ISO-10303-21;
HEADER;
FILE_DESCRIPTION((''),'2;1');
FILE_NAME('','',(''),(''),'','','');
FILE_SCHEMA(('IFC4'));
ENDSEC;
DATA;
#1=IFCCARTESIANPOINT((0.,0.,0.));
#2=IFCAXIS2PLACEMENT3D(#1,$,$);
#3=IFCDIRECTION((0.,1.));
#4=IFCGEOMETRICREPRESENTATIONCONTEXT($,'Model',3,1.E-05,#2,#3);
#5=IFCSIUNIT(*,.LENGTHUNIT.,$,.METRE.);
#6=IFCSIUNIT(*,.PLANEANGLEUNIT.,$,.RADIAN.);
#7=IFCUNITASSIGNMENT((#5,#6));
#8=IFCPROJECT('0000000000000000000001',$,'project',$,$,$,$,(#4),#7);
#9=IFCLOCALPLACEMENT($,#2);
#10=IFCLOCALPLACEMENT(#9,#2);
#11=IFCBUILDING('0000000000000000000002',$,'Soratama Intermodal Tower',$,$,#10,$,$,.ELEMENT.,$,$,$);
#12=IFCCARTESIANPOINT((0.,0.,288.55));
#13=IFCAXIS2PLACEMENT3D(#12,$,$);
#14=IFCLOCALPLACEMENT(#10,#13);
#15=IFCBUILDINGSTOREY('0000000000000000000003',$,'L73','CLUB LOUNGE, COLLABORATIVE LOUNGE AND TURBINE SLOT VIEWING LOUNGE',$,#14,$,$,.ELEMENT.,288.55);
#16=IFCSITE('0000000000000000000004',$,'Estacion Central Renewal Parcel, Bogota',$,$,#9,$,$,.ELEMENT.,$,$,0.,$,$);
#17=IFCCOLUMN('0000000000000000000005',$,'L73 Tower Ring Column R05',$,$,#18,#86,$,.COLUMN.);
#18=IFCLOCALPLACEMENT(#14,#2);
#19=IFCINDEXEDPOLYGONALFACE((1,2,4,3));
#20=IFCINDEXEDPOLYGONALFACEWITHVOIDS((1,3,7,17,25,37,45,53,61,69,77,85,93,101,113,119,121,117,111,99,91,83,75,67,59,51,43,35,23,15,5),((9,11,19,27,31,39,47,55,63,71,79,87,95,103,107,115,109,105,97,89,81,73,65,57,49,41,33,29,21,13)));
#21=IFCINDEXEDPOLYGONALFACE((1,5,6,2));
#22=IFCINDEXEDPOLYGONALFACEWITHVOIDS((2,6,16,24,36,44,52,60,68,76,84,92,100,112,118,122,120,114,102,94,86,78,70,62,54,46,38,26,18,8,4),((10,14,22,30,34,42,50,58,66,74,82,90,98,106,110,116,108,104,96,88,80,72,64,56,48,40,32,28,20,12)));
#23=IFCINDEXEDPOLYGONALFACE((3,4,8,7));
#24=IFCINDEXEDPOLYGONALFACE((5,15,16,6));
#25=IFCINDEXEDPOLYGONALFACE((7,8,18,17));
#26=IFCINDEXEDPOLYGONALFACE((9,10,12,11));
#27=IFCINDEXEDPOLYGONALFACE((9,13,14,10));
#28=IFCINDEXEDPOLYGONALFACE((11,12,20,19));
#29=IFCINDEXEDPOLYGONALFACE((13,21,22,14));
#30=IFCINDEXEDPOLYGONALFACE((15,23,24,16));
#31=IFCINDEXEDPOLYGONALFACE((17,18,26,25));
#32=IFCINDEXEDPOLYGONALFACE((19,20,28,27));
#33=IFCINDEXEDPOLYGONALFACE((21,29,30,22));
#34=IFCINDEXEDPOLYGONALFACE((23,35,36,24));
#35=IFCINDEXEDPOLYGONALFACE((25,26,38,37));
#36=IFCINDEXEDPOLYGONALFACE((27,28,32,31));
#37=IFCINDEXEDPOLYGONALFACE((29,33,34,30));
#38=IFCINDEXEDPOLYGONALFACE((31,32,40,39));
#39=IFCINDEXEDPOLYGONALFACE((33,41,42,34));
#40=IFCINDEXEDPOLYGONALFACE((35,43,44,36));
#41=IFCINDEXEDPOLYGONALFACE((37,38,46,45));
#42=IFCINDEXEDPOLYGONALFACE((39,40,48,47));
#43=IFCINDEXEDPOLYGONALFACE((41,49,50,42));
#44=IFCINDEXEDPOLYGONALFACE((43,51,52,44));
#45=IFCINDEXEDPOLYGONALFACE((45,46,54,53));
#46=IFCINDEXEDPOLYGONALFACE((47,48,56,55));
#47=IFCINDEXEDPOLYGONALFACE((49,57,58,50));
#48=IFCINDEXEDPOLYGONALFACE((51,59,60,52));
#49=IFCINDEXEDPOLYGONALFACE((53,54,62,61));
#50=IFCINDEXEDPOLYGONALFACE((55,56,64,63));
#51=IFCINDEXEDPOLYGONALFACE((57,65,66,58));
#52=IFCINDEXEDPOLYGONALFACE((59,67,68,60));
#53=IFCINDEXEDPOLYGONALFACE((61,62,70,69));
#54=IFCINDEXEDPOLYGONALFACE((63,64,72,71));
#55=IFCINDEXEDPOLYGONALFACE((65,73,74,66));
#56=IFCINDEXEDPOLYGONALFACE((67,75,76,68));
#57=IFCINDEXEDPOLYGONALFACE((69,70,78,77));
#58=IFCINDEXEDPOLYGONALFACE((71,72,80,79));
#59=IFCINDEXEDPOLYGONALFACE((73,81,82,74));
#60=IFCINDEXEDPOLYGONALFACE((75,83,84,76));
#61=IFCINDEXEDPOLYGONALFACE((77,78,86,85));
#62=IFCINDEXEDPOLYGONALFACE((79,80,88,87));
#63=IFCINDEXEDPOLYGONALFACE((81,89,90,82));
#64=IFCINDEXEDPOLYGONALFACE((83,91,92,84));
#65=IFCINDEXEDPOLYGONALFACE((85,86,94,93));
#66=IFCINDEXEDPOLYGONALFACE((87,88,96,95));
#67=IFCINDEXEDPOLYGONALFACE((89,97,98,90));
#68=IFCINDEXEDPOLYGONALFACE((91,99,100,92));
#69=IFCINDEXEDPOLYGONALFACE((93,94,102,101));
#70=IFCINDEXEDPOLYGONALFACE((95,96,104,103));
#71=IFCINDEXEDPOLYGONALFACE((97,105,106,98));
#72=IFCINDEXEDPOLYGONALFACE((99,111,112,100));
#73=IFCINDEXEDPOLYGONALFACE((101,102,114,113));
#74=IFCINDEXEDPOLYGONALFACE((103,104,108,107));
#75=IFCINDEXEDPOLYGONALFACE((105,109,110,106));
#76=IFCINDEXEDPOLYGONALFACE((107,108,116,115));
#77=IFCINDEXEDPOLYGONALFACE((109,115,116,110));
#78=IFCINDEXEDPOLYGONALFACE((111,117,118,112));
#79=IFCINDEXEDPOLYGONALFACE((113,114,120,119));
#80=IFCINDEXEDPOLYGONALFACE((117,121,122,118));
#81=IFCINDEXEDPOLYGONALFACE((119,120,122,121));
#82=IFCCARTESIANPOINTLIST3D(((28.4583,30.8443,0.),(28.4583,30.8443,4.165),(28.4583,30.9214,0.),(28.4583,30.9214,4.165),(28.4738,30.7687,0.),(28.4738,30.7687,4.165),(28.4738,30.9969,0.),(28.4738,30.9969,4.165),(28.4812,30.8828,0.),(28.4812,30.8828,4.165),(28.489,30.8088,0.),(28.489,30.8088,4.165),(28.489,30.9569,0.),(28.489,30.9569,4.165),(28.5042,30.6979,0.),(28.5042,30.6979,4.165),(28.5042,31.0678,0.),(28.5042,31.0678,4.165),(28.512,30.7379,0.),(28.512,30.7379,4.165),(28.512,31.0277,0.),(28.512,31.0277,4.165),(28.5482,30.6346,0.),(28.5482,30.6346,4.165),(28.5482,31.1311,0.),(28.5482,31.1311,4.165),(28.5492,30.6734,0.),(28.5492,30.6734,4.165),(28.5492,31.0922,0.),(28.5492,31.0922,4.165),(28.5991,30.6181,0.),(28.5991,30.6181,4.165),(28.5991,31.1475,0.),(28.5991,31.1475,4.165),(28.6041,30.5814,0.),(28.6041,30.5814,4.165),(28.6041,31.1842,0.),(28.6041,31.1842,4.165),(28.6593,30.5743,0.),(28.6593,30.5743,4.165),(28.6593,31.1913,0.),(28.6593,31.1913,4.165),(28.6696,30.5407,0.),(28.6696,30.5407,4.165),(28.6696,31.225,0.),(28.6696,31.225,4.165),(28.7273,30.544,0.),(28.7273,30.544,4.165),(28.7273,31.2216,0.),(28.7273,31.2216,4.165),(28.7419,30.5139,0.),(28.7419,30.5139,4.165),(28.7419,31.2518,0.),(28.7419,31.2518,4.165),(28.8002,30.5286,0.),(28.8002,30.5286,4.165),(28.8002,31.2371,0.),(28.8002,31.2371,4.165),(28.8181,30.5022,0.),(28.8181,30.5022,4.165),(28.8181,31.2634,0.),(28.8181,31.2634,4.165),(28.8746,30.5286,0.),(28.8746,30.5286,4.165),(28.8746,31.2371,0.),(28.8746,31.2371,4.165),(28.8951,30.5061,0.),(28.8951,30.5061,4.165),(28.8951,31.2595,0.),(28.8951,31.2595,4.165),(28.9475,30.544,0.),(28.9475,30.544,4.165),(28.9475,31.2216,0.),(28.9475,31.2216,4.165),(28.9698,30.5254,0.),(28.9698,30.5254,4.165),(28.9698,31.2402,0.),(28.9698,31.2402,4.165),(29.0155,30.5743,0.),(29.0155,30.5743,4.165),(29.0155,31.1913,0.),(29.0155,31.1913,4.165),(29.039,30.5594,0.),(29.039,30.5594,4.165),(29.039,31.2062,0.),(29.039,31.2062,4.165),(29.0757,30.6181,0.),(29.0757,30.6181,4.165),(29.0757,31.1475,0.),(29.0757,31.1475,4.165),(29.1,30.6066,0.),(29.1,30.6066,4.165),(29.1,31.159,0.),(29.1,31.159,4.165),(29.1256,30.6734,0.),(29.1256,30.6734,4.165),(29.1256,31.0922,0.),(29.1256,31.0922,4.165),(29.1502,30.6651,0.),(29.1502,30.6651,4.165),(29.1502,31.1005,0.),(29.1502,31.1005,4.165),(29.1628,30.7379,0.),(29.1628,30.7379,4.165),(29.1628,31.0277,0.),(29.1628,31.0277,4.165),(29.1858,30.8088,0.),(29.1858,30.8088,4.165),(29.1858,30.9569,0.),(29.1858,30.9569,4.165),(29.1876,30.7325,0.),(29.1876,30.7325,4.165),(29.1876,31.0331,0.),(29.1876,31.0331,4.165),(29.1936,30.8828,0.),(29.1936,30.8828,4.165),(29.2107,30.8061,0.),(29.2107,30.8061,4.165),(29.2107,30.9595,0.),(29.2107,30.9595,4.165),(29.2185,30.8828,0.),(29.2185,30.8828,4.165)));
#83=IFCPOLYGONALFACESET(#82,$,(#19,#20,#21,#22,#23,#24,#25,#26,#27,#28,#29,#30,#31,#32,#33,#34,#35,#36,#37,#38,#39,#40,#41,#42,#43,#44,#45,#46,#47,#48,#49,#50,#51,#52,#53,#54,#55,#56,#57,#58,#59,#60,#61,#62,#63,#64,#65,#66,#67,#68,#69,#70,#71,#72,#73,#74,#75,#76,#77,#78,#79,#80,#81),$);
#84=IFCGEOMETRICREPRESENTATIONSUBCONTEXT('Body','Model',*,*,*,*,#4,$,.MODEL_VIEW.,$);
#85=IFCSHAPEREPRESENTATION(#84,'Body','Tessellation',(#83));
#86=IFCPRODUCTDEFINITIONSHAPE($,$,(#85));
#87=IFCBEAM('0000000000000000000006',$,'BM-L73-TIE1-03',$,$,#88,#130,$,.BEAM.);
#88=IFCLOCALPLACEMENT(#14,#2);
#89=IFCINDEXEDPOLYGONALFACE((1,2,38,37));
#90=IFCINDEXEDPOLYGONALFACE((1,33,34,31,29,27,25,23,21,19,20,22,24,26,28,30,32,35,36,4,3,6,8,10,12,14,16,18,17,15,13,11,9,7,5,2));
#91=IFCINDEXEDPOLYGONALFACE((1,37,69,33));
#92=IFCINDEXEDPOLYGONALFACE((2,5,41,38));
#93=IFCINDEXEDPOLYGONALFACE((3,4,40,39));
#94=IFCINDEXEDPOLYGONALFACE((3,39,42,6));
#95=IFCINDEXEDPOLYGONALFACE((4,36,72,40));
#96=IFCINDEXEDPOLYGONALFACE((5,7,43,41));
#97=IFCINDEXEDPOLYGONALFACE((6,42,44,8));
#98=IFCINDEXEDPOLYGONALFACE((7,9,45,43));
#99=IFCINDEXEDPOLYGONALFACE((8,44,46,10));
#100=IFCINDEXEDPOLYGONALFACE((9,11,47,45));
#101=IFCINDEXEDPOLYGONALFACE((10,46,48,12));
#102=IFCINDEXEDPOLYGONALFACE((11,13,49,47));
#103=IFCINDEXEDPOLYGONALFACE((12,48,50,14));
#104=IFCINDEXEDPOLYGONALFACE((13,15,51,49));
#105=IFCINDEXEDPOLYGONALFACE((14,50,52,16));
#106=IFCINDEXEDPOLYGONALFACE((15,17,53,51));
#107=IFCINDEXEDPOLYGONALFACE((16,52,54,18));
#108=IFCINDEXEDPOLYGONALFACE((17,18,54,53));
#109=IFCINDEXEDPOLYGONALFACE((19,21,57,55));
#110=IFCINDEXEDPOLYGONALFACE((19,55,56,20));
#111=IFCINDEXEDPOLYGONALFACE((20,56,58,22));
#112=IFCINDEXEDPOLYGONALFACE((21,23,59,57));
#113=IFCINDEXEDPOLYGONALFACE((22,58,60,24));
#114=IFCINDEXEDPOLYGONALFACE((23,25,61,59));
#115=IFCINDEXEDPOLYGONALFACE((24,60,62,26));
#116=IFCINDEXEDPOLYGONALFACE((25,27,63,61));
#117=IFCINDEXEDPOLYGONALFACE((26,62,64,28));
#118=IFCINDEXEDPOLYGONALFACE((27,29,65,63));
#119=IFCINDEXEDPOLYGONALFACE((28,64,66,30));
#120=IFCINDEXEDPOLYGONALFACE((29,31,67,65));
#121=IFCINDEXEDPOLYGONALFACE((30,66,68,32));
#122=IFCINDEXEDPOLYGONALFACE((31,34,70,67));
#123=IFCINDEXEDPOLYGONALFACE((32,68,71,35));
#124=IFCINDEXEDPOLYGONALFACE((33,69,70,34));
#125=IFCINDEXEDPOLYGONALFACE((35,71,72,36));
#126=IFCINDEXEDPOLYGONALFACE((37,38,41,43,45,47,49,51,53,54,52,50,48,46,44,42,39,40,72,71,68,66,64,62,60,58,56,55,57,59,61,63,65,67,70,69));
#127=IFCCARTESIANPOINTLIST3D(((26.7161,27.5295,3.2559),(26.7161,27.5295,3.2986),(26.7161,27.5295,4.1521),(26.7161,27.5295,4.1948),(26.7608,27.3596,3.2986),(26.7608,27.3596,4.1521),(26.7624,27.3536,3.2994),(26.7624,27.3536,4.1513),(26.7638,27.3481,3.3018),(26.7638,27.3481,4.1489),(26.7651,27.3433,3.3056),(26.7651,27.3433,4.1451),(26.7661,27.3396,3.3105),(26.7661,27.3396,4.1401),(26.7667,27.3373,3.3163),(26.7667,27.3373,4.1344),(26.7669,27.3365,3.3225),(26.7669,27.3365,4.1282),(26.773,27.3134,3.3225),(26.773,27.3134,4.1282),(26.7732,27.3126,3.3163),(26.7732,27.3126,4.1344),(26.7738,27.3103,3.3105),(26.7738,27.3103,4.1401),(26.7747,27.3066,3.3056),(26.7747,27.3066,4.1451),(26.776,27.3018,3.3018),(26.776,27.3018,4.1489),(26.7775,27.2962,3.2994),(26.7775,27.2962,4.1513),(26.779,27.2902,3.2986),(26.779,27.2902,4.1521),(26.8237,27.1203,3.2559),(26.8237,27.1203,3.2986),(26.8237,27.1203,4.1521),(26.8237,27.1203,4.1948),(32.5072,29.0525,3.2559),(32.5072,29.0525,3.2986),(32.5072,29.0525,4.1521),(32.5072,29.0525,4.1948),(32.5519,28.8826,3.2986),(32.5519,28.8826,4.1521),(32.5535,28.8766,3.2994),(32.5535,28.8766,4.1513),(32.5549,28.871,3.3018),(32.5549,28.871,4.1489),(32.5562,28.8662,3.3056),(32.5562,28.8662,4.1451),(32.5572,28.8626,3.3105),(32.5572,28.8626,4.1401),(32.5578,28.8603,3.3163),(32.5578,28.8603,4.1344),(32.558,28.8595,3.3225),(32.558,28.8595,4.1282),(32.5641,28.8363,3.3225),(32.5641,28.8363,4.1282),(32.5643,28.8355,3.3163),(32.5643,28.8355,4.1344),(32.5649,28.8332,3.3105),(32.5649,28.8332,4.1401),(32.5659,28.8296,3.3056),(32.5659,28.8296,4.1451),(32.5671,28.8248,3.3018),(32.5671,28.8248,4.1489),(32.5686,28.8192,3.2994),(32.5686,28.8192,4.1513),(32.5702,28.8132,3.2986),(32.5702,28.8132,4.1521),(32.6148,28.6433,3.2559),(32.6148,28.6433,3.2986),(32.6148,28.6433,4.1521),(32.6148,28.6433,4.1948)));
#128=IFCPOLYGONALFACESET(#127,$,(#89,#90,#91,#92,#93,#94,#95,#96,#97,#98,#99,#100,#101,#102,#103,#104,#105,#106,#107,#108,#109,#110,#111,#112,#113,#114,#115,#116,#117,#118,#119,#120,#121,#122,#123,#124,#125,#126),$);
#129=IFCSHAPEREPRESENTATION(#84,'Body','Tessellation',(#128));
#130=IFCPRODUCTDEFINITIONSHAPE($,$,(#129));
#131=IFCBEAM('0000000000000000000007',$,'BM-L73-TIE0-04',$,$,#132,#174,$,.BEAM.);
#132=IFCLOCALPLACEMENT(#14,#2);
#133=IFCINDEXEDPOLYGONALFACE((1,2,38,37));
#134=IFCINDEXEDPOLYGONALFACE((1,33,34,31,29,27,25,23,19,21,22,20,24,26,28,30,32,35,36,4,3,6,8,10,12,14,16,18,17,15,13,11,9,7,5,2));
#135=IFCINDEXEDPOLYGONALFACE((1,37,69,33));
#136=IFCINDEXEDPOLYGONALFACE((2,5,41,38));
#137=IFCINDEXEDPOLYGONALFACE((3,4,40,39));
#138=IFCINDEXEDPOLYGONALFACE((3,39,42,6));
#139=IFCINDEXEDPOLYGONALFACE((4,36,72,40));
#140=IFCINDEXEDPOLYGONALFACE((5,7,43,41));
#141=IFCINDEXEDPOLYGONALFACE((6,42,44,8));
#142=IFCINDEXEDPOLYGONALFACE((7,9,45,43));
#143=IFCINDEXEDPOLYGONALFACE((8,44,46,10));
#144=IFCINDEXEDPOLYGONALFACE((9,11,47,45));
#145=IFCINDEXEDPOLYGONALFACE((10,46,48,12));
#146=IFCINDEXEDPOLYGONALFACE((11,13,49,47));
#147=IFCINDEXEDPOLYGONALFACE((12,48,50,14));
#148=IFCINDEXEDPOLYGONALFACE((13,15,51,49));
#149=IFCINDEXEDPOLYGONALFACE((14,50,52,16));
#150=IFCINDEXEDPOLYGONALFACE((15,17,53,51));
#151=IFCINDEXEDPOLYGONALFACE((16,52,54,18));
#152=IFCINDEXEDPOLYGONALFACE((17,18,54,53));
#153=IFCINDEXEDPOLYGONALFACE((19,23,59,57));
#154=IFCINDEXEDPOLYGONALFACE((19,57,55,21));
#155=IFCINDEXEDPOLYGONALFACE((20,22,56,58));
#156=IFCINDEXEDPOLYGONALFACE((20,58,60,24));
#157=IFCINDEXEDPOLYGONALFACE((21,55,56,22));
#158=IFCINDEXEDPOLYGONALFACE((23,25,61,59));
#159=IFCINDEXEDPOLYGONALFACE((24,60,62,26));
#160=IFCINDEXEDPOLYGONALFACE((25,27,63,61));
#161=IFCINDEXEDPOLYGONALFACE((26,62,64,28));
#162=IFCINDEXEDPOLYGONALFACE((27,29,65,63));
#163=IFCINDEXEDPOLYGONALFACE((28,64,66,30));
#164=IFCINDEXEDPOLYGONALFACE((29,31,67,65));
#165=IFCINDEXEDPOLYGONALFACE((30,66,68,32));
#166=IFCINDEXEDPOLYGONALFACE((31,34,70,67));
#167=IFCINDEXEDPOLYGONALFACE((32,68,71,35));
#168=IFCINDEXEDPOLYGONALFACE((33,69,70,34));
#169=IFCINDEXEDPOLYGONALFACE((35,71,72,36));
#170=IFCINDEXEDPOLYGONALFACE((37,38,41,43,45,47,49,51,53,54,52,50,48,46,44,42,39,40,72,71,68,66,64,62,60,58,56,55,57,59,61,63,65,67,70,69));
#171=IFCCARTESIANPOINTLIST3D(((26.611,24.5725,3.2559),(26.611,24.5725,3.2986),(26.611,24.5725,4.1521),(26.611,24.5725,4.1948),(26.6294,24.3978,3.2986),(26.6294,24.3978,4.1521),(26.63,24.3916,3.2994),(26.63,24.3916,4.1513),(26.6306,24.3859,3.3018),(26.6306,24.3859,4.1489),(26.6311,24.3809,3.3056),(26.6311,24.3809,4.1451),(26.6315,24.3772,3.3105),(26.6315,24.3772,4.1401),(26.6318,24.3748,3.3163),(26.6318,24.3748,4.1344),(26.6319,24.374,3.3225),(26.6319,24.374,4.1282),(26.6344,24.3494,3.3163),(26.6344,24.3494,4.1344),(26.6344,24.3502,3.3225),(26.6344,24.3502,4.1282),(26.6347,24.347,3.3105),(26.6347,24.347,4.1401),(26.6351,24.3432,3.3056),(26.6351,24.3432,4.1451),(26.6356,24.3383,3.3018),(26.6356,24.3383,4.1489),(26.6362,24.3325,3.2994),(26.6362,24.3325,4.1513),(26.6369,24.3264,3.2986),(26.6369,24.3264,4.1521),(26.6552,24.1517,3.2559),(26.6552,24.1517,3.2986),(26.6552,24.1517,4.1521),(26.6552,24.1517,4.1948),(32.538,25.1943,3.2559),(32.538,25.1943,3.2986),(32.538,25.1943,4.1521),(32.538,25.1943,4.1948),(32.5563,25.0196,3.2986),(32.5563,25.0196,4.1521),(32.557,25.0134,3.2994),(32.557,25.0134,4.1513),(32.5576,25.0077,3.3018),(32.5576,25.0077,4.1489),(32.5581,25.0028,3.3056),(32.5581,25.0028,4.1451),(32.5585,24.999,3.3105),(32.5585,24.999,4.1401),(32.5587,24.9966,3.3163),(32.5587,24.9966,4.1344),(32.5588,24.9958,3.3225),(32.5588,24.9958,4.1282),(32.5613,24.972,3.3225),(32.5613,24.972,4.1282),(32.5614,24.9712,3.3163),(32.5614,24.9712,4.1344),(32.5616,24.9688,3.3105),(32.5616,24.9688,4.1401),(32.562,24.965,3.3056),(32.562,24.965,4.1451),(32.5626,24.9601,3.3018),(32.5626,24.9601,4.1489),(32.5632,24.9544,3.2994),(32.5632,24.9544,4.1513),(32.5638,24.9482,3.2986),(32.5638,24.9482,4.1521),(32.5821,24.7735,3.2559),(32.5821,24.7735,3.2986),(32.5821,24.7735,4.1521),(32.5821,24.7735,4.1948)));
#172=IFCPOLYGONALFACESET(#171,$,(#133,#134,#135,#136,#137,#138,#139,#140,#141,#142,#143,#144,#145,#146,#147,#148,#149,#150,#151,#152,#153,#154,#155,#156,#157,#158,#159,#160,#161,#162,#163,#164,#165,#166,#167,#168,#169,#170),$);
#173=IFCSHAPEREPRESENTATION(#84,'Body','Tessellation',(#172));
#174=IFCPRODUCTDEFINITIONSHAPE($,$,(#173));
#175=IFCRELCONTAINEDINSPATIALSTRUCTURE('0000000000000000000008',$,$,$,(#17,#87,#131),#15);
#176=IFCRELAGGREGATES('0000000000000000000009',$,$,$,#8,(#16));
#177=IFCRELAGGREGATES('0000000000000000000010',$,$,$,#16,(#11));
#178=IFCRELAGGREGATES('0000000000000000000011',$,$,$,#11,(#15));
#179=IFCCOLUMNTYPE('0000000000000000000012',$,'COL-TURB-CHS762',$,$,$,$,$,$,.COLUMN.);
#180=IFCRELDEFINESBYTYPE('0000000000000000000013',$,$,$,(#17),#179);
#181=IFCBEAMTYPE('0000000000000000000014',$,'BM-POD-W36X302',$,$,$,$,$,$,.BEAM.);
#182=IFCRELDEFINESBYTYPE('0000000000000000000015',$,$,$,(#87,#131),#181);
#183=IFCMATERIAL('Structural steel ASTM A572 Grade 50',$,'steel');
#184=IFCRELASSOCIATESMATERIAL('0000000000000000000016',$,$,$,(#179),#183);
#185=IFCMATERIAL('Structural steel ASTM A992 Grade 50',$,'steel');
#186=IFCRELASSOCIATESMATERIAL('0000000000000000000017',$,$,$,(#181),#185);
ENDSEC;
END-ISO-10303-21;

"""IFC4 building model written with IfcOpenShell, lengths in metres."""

from ifc_helpers import new_model, si_unit, direction, frame, origin, origin_2d, place, context, subcontext, project, spatial, hollow_circle, i_section, extrude, material, material_profile, profile_set, type_object, element, save


model = new_model("IFC4")

# Units and contexts
model_context = context("Model", 3, precision=1e-05, world=origin(), true_north=direction((0.0, 1.0)))
body_context = subcontext(model_context, "Body", "Model", "MODEL_VIEW")
ifc_project = project(units=[si_unit("LENGTHUNIT", "METRE"), si_unit("PLANEANGLEUNIT", "RADIAN")], contexts=[model_context])

# Site, building, storey
site_placement = place(None, origin())
site = spatial("IfcSite", under=ifc_project, at=site_placement, Name="Estacion Central Renewal Parcel, Bogota", CompositionType="ELEMENT", RefElevation=0.0)
building_placement = place(site_placement, origin())
building = spatial("IfcBuilding", under=site, at=building_placement, Name="Soratama Intermodal Tower", CompositionType="ELEMENT")
storey_placement = place(building_placement, frame((0.0, 0.0, 288.55)))
storey = spatial("IfcBuildingStorey", under=building, at=storey_placement, Name="L73", Description="CLUB LOUNGE, COLLABORATIVE LOUNGE AND TURBINE SLOT VIEWING LOUNGE", CompositionType="ELEMENT", Elevation=288.55)

# Column
ifc_material_1 = material(Name="Structural steel ASTM A572 Grade 50", Category="steel")
ifc_material_profile_1 = material_profile(ifc_material_1, hollow_circle(Radius=0.3811, WallThickness=0.0249, at=origin_2d()), Name="CHS762X25")
ifc_profile_set_1 = profile_set([ifc_material_profile_1], Name="Structural steel ASTM A572 Grade 50")
column_type = type_object("IfcColumnType", Name="COL-TURB-CHS762", PredefinedType="COLUMN", material=ifc_profile_set_1)
column_placement = place(storey_placement, frame((28.8374, 30.8828, 0.0), z_axis=(0.0, 0.0, 1.0), x_axis=(1.0, 0.0, 0.0)))
element("IfcColumn", 1, at=column_placement, inside=storey, type_object=column_type, Name="L73 Tower Ring Column R05", PredefinedType="COLUMN", context=body_context, shape_type="SweptSolid", body=[
    extrude(hollow_circle(Radius=0.3811, WallThickness=0.0249, at=origin_2d()), origin(), (0.0, 0.0, 1.0), 4.165),
])

# Beams
ifc_material_2 = material(Name="Structural steel ASTM A992 Grade 50", Category="steel")
ifc_material_profile_2 = material_profile(ifc_material_2, i_section(OverallWidth=0.4231, OverallDepth=0.939, WebThickness=0.0239, FlangeThickness=0.0427, FilletRadius=0.0239, at=origin_2d()), Name="W36X302")
ifc_profile_set_2 = profile_set([ifc_material_profile_2], Name="Structural steel ASTM A992 Grade 50")
beam_type_1 = type_object("IfcBeamType", Name="BM-POD-W36X302", PredefinedType="BEAM", material=ifc_profile_set_2)
beam_1_placement = place(storey_placement, frame((32.561, 28.8479, 3.7253), z_axis=(-0.967116, -0.254337, 0.0), x_axis=(0.254337, -0.967116, 0.0)))
element("IfcBeam", 2, at=beam_1_placement, inside=storey, type_object=beam_type_1, Name="BM-L73-TIE1-03", PredefinedType="BEAM", context=body_context, shape_type="SweptSolid", body=[
    extrude(i_section(OverallWidth=0.4231, OverallDepth=0.939, WebThickness=0.0239, FlangeThickness=0.0427, FilletRadius=0.0239, at=origin_2d()), origin(), (0.0, 0.0, 1.0), 5.988),
])
beam_2_placement = place(storey_placement, frame((32.5601, 24.9839, 3.7253), z_axis=(-0.994542, -0.104341, 0.0), x_axis=(0.104341, -0.994542, 0.0)))
element("IfcBeam", 3, at=beam_2_placement, inside=storey, type_object=beam_type_1, Name="BM-L73-TIE0-04", PredefinedType="BEAM", context=body_context, shape_type="SweptSolid", body=[
    extrude(i_section(OverallWidth=0.4231, OverallDepth=0.939, WebThickness=0.0239, FlangeThickness=0.0427, FilletRadius=0.0239, at=origin_2d()), origin(), (0.0, 0.0, 1.0), 5.9595),
])

save(model, "model.ifc")
